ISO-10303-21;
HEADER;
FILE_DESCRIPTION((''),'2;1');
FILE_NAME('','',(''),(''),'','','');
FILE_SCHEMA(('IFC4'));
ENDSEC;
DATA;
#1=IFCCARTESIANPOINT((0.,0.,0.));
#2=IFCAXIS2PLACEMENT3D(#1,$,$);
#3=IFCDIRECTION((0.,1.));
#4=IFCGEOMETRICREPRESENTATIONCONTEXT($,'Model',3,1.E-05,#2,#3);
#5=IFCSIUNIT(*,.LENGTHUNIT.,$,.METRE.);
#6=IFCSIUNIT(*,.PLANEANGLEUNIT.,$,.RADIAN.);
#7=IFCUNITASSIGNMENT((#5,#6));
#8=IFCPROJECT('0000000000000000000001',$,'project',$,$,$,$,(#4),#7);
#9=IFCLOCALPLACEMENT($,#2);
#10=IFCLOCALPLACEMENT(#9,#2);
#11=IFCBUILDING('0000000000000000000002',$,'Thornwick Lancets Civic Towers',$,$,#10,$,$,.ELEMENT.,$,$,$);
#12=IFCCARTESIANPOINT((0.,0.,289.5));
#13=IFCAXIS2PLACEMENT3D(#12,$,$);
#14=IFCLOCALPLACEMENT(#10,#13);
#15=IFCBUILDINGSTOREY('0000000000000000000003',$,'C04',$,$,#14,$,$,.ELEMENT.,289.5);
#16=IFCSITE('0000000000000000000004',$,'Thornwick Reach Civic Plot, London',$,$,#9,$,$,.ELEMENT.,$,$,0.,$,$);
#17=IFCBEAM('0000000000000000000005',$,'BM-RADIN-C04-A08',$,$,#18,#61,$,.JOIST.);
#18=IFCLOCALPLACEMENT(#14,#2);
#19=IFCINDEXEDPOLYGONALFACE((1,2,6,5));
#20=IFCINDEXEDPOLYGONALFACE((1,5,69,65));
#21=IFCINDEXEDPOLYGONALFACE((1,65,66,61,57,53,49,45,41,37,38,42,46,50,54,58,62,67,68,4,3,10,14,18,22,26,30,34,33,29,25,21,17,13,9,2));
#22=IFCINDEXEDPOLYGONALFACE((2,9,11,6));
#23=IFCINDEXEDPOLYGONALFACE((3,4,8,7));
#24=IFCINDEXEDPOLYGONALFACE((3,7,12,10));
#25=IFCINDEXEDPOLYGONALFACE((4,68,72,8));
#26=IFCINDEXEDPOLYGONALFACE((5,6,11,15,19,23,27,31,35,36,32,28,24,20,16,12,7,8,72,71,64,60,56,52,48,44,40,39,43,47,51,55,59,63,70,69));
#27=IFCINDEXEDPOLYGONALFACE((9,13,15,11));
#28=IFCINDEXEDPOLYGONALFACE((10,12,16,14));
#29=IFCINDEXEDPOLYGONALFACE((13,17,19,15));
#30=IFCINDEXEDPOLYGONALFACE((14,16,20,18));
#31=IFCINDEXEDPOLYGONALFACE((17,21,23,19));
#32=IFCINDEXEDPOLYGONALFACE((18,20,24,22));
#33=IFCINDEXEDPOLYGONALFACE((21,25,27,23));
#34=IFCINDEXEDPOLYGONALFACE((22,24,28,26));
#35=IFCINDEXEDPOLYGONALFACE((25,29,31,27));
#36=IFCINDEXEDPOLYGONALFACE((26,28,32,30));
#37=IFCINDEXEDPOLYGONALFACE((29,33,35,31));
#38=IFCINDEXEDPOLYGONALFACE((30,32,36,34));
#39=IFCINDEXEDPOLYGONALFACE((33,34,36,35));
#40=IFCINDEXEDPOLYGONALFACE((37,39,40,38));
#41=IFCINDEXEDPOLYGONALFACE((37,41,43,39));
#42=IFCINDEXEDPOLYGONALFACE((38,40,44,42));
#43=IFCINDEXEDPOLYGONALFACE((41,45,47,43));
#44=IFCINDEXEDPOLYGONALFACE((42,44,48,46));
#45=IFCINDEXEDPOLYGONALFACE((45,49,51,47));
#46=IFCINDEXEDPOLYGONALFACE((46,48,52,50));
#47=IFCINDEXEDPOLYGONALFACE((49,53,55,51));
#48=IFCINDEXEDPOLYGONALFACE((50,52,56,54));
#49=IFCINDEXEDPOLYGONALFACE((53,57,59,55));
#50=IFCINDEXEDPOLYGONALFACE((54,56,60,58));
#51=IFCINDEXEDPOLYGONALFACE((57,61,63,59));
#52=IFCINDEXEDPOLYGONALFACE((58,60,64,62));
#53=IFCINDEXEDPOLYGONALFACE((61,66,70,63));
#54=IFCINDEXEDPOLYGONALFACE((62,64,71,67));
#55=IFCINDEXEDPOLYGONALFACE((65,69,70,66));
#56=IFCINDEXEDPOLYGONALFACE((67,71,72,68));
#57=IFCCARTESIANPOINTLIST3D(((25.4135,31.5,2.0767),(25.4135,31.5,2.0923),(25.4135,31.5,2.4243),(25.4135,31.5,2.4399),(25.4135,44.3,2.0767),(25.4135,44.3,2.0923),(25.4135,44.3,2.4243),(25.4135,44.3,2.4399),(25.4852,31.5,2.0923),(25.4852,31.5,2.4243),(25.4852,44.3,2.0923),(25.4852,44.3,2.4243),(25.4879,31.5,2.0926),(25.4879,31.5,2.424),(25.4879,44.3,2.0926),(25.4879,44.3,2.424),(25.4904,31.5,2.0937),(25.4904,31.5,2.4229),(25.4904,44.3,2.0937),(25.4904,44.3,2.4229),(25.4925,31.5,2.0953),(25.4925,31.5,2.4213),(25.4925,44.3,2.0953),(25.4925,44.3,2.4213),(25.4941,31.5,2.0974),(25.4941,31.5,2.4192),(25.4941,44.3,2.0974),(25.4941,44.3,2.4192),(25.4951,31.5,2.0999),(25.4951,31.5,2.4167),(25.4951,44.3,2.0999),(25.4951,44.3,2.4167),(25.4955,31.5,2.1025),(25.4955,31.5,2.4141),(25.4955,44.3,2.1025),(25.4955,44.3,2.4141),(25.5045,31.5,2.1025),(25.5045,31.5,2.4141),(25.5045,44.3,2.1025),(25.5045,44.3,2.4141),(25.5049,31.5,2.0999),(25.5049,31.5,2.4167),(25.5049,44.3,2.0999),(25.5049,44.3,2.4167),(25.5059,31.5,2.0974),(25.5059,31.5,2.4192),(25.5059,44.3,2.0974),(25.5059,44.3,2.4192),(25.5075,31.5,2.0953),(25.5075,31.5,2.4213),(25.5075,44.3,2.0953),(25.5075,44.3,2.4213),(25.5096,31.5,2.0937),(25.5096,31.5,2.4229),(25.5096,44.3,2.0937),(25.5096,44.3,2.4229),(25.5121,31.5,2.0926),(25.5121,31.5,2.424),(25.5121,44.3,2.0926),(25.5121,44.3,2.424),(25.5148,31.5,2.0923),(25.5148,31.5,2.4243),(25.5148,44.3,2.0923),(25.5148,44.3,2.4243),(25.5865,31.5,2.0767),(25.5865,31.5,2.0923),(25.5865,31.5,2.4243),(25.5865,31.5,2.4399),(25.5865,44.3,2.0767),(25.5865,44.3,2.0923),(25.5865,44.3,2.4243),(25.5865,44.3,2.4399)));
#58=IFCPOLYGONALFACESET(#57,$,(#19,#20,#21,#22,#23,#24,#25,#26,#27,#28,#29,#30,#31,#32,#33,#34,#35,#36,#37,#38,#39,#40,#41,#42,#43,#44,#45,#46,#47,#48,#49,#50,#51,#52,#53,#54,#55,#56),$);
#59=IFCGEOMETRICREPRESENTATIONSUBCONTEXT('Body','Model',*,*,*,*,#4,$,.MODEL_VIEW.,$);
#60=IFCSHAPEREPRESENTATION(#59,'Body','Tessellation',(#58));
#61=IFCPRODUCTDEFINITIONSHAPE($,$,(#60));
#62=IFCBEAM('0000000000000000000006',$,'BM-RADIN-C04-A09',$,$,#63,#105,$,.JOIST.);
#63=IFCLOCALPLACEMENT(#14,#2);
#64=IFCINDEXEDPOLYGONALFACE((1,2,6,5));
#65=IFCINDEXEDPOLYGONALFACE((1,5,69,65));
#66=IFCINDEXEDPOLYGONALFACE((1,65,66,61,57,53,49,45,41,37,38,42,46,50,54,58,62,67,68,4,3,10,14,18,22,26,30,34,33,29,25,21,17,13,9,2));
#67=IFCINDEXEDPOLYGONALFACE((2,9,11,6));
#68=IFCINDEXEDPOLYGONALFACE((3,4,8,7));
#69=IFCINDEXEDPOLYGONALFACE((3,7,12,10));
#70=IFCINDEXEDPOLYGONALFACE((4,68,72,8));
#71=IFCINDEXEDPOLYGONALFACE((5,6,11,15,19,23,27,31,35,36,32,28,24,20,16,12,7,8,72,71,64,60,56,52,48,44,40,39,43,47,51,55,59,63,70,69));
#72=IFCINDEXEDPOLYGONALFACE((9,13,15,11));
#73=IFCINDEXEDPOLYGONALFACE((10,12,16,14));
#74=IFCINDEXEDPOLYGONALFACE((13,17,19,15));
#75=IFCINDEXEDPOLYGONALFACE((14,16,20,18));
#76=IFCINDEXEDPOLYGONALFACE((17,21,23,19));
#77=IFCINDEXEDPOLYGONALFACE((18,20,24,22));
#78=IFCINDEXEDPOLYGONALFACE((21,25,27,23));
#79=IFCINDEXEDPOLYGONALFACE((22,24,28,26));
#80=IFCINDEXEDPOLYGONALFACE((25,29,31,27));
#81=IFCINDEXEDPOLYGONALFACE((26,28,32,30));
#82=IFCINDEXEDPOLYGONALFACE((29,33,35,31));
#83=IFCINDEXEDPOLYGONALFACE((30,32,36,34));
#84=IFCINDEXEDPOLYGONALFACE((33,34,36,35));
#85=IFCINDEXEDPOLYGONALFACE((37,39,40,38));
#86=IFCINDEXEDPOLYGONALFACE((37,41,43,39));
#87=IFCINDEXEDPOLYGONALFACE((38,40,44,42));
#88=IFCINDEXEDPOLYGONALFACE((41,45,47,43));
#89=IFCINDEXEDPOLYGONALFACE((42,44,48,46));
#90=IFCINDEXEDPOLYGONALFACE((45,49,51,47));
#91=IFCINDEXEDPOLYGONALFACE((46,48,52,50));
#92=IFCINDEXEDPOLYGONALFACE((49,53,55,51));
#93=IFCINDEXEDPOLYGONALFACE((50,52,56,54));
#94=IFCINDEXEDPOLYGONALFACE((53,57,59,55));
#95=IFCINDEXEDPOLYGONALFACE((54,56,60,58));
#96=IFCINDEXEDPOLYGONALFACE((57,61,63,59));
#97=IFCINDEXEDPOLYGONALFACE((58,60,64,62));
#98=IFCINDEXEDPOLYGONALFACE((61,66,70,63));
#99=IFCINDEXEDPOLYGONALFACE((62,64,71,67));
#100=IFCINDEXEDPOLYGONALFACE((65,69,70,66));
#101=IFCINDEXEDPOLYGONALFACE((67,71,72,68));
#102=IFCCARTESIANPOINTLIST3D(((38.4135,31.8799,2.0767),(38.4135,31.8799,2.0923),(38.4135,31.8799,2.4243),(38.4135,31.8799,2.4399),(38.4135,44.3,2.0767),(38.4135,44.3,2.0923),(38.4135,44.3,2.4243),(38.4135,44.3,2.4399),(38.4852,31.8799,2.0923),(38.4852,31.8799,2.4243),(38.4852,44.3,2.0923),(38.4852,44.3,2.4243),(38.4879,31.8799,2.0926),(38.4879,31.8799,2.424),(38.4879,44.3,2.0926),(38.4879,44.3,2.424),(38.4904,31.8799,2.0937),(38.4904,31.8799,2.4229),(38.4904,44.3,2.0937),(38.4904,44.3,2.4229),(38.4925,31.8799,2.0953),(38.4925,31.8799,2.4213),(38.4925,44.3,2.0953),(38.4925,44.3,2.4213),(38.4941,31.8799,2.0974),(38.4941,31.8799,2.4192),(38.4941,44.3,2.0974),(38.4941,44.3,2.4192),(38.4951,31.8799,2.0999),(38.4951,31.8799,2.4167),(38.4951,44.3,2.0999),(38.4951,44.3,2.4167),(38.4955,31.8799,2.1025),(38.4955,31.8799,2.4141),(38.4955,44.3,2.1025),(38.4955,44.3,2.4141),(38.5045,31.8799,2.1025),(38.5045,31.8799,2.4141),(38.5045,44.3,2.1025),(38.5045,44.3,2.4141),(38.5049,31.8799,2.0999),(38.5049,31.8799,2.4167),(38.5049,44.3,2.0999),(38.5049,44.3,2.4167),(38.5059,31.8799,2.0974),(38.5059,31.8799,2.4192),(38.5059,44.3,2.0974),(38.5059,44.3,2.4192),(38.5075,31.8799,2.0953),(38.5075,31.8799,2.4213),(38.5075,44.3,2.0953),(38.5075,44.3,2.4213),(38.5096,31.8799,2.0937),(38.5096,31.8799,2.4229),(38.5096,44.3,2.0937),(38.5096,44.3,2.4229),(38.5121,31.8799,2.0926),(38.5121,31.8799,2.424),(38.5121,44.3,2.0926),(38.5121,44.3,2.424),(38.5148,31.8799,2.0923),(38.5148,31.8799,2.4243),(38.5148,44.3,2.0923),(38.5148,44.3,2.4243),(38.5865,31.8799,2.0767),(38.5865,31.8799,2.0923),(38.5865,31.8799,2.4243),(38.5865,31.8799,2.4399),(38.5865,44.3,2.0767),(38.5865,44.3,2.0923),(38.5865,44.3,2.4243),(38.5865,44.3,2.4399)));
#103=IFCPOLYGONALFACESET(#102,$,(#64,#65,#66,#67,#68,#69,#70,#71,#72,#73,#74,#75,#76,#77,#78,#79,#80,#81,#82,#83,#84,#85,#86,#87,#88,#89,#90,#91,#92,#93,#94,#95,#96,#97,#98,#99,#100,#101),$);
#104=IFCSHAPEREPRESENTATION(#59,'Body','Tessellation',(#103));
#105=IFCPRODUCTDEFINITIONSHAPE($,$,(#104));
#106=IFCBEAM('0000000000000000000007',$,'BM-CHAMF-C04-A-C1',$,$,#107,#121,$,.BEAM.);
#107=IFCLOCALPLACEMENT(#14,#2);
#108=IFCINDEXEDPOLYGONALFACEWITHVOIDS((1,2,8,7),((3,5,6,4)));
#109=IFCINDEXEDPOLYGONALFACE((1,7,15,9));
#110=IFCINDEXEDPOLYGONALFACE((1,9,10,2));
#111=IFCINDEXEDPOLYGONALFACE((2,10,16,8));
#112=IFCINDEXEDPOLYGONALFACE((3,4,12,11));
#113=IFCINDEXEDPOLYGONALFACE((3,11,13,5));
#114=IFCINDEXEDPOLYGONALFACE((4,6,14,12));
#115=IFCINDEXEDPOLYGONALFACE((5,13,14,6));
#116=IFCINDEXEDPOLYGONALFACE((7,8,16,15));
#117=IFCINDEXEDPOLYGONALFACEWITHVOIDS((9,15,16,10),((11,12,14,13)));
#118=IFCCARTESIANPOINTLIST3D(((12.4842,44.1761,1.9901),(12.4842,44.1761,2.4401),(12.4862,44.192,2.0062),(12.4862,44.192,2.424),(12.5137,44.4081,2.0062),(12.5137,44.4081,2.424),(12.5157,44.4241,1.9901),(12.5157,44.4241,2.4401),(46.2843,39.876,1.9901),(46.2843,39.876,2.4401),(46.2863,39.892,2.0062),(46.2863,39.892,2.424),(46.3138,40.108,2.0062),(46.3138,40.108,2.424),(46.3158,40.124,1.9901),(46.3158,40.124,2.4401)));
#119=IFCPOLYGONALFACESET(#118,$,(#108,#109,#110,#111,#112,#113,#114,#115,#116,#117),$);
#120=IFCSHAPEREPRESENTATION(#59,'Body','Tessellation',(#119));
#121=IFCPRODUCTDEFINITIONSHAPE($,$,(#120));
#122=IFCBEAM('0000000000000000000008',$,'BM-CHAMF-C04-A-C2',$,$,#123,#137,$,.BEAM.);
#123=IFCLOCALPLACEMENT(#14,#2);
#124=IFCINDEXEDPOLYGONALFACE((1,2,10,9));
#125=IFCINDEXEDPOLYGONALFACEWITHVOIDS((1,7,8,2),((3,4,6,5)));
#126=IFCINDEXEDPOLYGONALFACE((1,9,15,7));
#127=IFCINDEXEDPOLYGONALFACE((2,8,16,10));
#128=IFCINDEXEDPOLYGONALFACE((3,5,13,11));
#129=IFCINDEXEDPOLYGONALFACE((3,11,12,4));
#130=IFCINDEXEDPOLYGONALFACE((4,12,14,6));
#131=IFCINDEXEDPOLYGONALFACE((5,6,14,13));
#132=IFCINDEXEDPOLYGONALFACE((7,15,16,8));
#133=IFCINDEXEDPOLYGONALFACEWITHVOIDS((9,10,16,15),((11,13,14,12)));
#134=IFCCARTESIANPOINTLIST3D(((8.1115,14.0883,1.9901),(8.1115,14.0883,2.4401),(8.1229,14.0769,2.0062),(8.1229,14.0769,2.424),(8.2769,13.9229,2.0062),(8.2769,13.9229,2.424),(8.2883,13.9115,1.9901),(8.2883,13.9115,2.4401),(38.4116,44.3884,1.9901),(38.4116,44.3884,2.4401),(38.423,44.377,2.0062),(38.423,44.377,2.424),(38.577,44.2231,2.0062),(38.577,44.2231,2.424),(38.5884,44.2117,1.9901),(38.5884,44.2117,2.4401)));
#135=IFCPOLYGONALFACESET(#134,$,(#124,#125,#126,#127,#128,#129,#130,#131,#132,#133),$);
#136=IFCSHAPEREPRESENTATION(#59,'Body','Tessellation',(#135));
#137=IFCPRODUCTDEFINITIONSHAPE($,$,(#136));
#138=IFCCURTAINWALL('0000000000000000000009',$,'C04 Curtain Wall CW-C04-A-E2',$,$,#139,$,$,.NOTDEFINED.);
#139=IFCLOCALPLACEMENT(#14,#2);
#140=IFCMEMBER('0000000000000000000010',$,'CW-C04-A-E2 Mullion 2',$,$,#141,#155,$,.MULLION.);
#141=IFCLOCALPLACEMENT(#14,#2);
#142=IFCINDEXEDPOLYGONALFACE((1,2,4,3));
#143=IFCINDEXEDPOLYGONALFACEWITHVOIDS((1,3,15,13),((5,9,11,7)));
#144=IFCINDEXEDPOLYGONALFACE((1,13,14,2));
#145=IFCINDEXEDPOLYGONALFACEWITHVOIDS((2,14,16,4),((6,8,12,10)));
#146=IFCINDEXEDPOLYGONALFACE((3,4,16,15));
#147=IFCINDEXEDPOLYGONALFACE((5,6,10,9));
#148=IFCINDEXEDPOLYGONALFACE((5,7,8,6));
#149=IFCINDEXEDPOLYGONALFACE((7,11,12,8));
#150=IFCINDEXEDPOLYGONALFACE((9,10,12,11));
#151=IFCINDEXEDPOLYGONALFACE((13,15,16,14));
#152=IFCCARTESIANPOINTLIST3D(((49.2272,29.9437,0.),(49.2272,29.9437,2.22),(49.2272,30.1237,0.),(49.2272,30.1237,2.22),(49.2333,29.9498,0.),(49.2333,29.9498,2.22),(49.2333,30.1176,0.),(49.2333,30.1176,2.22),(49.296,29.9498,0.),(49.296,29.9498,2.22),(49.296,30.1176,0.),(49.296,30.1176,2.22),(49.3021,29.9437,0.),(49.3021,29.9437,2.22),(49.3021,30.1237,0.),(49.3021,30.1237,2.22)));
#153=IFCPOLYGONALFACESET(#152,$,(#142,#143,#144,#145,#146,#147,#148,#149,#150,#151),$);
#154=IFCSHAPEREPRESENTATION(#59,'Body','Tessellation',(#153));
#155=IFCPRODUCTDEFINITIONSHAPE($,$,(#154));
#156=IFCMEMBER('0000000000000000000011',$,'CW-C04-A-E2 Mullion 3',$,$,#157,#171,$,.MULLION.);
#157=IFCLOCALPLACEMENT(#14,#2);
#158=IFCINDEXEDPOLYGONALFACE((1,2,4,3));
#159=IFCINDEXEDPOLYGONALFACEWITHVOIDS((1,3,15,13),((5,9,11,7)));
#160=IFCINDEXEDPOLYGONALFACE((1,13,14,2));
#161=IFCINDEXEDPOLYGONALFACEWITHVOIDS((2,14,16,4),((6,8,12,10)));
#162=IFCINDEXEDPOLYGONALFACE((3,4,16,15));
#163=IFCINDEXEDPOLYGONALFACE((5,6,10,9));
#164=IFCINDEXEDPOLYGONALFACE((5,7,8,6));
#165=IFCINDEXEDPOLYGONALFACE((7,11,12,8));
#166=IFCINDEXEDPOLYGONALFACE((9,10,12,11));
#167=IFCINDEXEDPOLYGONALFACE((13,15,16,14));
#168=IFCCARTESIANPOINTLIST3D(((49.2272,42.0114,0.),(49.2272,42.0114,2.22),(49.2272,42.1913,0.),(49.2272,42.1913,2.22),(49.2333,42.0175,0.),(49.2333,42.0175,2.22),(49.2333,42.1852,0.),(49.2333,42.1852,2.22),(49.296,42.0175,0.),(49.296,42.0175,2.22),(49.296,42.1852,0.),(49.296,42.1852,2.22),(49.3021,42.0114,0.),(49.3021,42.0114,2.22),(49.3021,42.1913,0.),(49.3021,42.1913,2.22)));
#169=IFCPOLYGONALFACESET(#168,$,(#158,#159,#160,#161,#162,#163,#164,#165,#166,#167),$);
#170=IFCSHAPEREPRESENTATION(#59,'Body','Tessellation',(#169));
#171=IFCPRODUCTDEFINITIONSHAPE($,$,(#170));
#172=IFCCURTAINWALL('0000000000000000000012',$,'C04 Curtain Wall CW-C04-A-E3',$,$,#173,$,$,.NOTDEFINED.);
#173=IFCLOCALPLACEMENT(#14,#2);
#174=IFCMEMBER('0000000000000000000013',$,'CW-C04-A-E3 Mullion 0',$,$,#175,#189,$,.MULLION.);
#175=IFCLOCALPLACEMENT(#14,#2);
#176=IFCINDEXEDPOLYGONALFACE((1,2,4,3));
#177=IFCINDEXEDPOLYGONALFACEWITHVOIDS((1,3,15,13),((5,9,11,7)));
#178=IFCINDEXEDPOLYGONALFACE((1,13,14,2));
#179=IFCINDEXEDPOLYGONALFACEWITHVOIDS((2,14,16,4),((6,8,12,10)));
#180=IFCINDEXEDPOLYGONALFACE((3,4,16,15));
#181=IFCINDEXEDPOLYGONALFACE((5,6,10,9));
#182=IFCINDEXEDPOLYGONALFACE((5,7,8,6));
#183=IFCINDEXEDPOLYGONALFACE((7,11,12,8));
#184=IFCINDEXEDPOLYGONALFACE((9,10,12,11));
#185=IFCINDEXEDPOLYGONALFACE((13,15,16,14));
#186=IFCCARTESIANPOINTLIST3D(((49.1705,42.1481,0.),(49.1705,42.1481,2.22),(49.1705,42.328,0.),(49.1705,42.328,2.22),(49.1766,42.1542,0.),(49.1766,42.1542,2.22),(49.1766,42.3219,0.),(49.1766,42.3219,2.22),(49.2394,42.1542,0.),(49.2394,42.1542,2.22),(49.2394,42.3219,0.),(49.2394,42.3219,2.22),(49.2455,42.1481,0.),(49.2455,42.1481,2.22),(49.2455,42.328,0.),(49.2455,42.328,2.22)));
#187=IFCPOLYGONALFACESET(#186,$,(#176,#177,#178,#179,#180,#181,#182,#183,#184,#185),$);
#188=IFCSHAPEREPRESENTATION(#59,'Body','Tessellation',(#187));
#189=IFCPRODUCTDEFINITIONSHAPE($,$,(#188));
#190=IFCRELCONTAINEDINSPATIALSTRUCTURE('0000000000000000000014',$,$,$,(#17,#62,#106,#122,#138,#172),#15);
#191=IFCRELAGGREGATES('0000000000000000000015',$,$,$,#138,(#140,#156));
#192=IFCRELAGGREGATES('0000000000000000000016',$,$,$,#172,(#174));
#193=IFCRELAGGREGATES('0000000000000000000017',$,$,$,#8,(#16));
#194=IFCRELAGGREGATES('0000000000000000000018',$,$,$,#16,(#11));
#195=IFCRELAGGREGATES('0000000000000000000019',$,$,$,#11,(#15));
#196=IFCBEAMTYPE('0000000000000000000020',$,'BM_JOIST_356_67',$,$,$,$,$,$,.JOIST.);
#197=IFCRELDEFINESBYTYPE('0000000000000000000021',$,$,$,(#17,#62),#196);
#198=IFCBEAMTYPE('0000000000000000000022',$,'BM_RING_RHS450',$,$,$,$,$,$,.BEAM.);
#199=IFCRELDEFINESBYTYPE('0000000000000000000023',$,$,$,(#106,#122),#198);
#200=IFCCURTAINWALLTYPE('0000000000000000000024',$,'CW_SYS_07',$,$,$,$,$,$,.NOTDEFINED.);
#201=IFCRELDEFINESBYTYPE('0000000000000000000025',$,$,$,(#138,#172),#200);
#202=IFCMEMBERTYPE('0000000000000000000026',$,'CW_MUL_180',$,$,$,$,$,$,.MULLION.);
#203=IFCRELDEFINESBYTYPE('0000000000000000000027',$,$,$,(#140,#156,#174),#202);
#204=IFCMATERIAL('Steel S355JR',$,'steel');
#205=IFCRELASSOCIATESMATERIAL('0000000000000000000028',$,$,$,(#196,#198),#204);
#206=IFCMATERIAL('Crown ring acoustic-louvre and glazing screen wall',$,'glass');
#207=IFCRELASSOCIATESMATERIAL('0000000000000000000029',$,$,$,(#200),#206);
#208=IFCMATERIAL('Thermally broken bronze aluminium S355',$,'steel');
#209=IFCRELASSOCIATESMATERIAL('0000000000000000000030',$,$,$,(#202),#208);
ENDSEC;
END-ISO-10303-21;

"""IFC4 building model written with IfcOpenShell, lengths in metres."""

from ifc_helpers import new_model, si_unit, direction, frame, origin, origin_2d, place, context, subcontext, project, spatial, hollow_rectangle, i_section, extrude, material, material_profile, profile_set, type_object, element, aggregate, save


model = new_model("IFC4")

# Units and contexts
model_context = context("Model", 3, precision=1e-05, world=origin(), true_north=direction((0.0, 1.0)))
body_context = subcontext(model_context, "Body", "Model", "MODEL_VIEW")
ifc_project = project(units=[si_unit("LENGTHUNIT", "METRE"), si_unit("PLANEANGLEUNIT", "RADIAN")], contexts=[model_context])

# Site, building, storey
site_placement = place(None, origin())
site = spatial("IfcSite", under=ifc_project, at=site_placement, Name="Thornwick Reach Civic Plot, London", CompositionType="ELEMENT", RefElevation=0.0)
building_placement = place(site_placement, origin())
building = spatial("IfcBuilding", under=site, at=building_placement, Name="Thornwick Lancets Civic Towers", CompositionType="ELEMENT")
storey_placement = place(building_placement, frame((0.0, 0.0, 289.5)))
storey = spatial("IfcBuildingStorey", under=building, at=storey_placement, Name="C04", CompositionType="ELEMENT", Elevation=289.5)

# Shared definitions
ifc_material_1 = material(Name="Steel S355JR", Category="steel")

# Beams
ifc_material_profile_1 = material_profile(ifc_material_1, i_section(OverallWidth=0.1731, OverallDepth=0.3633, WebThickness=0.009, FlangeThickness=0.0156, FilletRadius=0.0103, at=origin_2d()), Name="UKB 356x171x67")
ifc_profile_set_1 = profile_set([ifc_material_profile_1], Name="Steel S355JR")
beam_type_1 = type_object("IfcBeamType", Name="BM_JOIST_356_67", PredefinedType="JOIST", material=ifc_profile_set_1)
beam_1_placement = place(storey_placement, frame((25.5, 31.5, 2.2583), z_axis=(0.0, 1.0, 0.0), x_axis=(-1.0, 0.0, 0.0)))
element("IfcBeam", 1, at=beam_1_placement, inside=storey, type_object=beam_type_1, Name="BM-RADIN-C04-A08", PredefinedType="JOIST", context=body_context, shape_type="SweptSolid", body=[
    extrude(i_section(OverallWidth=0.1731, OverallDepth=0.3633, WebThickness=0.009, FlangeThickness=0.0156, FilletRadius=0.0103, at=origin_2d()), origin(), (0.0, 0.0, 1.0), 12.8),
])
beam_2_placement = place(storey_placement, frame((38.5, 31.8799, 2.2583), z_axis=(0.0, 1.0, 0.0), x_axis=(-1.0, 0.0, 0.0)))
element("IfcBeam", 2, at=beam_2_placement, inside=storey, type_object=beam_type_1, Name="BM-RADIN-C04-A09", PredefinedType="JOIST", context=body_context, shape_type="SweptSolid", body=[
    extrude(i_section(OverallWidth=0.1731, OverallDepth=0.3633, WebThickness=0.009, FlangeThickness=0.0156, FilletRadius=0.0103, at=origin_2d()), origin(), (0.0, 0.0, 1.0), 12.4202),
])
ifc_material_profile_2 = material_profile(ifc_material_1, hollow_rectangle(XDim=0.25, YDim=0.45, WallThickness=0.0161, at=origin_2d()), Name="RHS 450x250x16")
ifc_profile_set_2 = profile_set([ifc_material_profile_2], Name="Steel S355JR")
beam_type_2 = type_object("IfcBeamType", Name="BM_RING_RHS450", PredefinedType="BEAM", material=ifc_profile_set_2)
beam_3_placement = place(storey_placement, frame((46.3, 40.0, 2.2151), z_axis=(-0.992004, 0.126203, 0.0), x_axis=(-0.126203, -0.992004, 0.0)))
element("IfcBeam", 3, at=beam_3_placement, inside=storey, type_object=beam_type_2, Name="BM-CHAMF-C04-A-C1", PredefinedType="BEAM", context=body_context, shape_type="SweptSolid", body=[
    extrude(hollow_rectangle(XDim=0.25, YDim=0.45, WallThickness=0.0161, at=origin_2d()), origin(), (0.0, 0.0, 1.0), 34.0725),
])
beam_4_placement = place(storey_placement, frame((38.5, 44.3, 2.2151), z_axis=(-0.707107, -0.707107, 0.0), x_axis=(0.707107, -0.707107, 0.0)))
element("IfcBeam", 4, at=beam_4_placement, inside=storey, type_object=beam_type_2, Name="BM-CHAMF-C04-A-C2", PredefinedType="BEAM", context=body_context, shape_type="SweptSolid", body=[
    extrude(hollow_rectangle(XDim=0.25, YDim=0.45, WallThickness=0.0161, at=origin_2d()), origin(), (0.0, 0.0, 1.0), 42.8508),
])

# Curtain walls, members
ifc_material_2 = material(Name="Crown ring acoustic-louvre and glazing screen wall", Category="glass")
curtain_wall_type = type_object("IfcCurtainWallType", Name="CW_SYS_07", PredefinedType="NOTDEFINED", material=ifc_material_2)
curtain_wall_1_placement = place(storey_placement, origin())
curtain_wall_1 = element("IfcCurtainWall", 5, at=curtain_wall_1_placement, inside=storey, type_object=curtain_wall_type, Name="C04 Curtain Wall CW-C04-A-E2", PredefinedType="NOTDEFINED")
ifc_material_3 = material(Name="Thermally broken bronze aluminium S355", Category="steel")
ifc_material_profile_3 = material_profile(ifc_material_3, hollow_rectangle(XDim=0.075, YDim=0.1799, WallThickness=0.0061, at=origin_2d()), Name="RHS 180x75x6")
ifc_profile_set_3 = profile_set([ifc_material_profile_3], Name="Thermally broken bronze aluminium S355")
member_type_1 = type_object("IfcMemberType", Name="CW_MUL_180", PredefinedType="MULLION", material=ifc_profile_set_3)
member_1_placement = place(storey_placement, frame((49.2646, 30.0337, 0.0), z_axis=(0.0, 0.0, 1.0), x_axis=(1.0, 0.0, 0.0)))
member_1 = element("IfcMember", 6, at=member_1_placement, type_object=member_type_1, Name="CW-C04-A-E2 Mullion 2", PredefinedType="MULLION", context=body_context, shape_type="SweptSolid", body=[
    extrude(hollow_rectangle(XDim=0.075, YDim=0.1799, WallThickness=0.0061, at=origin_2d()), origin(), (0.0, 0.0, 1.0), 2.22),
])
member_2_placement = place(storey_placement, frame((49.2646, 42.1013, 0.0), z_axis=(0.0, 0.0, 1.0), x_axis=(1.0, 0.0, 0.0)))
member_2 = element("IfcMember", 7, at=member_2_placement, type_object=member_type_1, Name="CW-C04-A-E2 Mullion 3", PredefinedType="MULLION", context=body_context, shape_type="SweptSolid", body=[
    extrude(hollow_rectangle(XDim=0.075, YDim=0.1799, WallThickness=0.0061, at=origin_2d()), origin(), (0.0, 0.0, 1.0), 2.22),
])
curtain_wall_2_placement = place(storey_placement, origin())
curtain_wall_2 = element("IfcCurtainWall", 8, at=curtain_wall_2_placement, inside=storey, type_object=curtain_wall_type, Name="C04 Curtain Wall CW-C04-A-E3", PredefinedType="NOTDEFINED")
member_3_placement = place(storey_placement, frame((49.208, 42.238, 0.0), z_axis=(0.0, 0.0, 1.0), x_axis=(1.0, 0.0, 0.0)))
member_3 = element("IfcMember", 9, at=member_3_placement, type_object=member_type_1, Name="CW-C04-A-E3 Mullion 0", PredefinedType="MULLION", context=body_context, shape_type="SweptSolid", body=[
    extrude(hollow_rectangle(XDim=0.075, YDim=0.1799, WallThickness=0.0061, at=origin_2d()), origin(), (0.0, 0.0, 1.0), 2.22),
])

aggregate(curtain_wall_1, [member_1, member_2])

aggregate(curtain_wall_2, [member_3])

save(model, "model.ifc")
